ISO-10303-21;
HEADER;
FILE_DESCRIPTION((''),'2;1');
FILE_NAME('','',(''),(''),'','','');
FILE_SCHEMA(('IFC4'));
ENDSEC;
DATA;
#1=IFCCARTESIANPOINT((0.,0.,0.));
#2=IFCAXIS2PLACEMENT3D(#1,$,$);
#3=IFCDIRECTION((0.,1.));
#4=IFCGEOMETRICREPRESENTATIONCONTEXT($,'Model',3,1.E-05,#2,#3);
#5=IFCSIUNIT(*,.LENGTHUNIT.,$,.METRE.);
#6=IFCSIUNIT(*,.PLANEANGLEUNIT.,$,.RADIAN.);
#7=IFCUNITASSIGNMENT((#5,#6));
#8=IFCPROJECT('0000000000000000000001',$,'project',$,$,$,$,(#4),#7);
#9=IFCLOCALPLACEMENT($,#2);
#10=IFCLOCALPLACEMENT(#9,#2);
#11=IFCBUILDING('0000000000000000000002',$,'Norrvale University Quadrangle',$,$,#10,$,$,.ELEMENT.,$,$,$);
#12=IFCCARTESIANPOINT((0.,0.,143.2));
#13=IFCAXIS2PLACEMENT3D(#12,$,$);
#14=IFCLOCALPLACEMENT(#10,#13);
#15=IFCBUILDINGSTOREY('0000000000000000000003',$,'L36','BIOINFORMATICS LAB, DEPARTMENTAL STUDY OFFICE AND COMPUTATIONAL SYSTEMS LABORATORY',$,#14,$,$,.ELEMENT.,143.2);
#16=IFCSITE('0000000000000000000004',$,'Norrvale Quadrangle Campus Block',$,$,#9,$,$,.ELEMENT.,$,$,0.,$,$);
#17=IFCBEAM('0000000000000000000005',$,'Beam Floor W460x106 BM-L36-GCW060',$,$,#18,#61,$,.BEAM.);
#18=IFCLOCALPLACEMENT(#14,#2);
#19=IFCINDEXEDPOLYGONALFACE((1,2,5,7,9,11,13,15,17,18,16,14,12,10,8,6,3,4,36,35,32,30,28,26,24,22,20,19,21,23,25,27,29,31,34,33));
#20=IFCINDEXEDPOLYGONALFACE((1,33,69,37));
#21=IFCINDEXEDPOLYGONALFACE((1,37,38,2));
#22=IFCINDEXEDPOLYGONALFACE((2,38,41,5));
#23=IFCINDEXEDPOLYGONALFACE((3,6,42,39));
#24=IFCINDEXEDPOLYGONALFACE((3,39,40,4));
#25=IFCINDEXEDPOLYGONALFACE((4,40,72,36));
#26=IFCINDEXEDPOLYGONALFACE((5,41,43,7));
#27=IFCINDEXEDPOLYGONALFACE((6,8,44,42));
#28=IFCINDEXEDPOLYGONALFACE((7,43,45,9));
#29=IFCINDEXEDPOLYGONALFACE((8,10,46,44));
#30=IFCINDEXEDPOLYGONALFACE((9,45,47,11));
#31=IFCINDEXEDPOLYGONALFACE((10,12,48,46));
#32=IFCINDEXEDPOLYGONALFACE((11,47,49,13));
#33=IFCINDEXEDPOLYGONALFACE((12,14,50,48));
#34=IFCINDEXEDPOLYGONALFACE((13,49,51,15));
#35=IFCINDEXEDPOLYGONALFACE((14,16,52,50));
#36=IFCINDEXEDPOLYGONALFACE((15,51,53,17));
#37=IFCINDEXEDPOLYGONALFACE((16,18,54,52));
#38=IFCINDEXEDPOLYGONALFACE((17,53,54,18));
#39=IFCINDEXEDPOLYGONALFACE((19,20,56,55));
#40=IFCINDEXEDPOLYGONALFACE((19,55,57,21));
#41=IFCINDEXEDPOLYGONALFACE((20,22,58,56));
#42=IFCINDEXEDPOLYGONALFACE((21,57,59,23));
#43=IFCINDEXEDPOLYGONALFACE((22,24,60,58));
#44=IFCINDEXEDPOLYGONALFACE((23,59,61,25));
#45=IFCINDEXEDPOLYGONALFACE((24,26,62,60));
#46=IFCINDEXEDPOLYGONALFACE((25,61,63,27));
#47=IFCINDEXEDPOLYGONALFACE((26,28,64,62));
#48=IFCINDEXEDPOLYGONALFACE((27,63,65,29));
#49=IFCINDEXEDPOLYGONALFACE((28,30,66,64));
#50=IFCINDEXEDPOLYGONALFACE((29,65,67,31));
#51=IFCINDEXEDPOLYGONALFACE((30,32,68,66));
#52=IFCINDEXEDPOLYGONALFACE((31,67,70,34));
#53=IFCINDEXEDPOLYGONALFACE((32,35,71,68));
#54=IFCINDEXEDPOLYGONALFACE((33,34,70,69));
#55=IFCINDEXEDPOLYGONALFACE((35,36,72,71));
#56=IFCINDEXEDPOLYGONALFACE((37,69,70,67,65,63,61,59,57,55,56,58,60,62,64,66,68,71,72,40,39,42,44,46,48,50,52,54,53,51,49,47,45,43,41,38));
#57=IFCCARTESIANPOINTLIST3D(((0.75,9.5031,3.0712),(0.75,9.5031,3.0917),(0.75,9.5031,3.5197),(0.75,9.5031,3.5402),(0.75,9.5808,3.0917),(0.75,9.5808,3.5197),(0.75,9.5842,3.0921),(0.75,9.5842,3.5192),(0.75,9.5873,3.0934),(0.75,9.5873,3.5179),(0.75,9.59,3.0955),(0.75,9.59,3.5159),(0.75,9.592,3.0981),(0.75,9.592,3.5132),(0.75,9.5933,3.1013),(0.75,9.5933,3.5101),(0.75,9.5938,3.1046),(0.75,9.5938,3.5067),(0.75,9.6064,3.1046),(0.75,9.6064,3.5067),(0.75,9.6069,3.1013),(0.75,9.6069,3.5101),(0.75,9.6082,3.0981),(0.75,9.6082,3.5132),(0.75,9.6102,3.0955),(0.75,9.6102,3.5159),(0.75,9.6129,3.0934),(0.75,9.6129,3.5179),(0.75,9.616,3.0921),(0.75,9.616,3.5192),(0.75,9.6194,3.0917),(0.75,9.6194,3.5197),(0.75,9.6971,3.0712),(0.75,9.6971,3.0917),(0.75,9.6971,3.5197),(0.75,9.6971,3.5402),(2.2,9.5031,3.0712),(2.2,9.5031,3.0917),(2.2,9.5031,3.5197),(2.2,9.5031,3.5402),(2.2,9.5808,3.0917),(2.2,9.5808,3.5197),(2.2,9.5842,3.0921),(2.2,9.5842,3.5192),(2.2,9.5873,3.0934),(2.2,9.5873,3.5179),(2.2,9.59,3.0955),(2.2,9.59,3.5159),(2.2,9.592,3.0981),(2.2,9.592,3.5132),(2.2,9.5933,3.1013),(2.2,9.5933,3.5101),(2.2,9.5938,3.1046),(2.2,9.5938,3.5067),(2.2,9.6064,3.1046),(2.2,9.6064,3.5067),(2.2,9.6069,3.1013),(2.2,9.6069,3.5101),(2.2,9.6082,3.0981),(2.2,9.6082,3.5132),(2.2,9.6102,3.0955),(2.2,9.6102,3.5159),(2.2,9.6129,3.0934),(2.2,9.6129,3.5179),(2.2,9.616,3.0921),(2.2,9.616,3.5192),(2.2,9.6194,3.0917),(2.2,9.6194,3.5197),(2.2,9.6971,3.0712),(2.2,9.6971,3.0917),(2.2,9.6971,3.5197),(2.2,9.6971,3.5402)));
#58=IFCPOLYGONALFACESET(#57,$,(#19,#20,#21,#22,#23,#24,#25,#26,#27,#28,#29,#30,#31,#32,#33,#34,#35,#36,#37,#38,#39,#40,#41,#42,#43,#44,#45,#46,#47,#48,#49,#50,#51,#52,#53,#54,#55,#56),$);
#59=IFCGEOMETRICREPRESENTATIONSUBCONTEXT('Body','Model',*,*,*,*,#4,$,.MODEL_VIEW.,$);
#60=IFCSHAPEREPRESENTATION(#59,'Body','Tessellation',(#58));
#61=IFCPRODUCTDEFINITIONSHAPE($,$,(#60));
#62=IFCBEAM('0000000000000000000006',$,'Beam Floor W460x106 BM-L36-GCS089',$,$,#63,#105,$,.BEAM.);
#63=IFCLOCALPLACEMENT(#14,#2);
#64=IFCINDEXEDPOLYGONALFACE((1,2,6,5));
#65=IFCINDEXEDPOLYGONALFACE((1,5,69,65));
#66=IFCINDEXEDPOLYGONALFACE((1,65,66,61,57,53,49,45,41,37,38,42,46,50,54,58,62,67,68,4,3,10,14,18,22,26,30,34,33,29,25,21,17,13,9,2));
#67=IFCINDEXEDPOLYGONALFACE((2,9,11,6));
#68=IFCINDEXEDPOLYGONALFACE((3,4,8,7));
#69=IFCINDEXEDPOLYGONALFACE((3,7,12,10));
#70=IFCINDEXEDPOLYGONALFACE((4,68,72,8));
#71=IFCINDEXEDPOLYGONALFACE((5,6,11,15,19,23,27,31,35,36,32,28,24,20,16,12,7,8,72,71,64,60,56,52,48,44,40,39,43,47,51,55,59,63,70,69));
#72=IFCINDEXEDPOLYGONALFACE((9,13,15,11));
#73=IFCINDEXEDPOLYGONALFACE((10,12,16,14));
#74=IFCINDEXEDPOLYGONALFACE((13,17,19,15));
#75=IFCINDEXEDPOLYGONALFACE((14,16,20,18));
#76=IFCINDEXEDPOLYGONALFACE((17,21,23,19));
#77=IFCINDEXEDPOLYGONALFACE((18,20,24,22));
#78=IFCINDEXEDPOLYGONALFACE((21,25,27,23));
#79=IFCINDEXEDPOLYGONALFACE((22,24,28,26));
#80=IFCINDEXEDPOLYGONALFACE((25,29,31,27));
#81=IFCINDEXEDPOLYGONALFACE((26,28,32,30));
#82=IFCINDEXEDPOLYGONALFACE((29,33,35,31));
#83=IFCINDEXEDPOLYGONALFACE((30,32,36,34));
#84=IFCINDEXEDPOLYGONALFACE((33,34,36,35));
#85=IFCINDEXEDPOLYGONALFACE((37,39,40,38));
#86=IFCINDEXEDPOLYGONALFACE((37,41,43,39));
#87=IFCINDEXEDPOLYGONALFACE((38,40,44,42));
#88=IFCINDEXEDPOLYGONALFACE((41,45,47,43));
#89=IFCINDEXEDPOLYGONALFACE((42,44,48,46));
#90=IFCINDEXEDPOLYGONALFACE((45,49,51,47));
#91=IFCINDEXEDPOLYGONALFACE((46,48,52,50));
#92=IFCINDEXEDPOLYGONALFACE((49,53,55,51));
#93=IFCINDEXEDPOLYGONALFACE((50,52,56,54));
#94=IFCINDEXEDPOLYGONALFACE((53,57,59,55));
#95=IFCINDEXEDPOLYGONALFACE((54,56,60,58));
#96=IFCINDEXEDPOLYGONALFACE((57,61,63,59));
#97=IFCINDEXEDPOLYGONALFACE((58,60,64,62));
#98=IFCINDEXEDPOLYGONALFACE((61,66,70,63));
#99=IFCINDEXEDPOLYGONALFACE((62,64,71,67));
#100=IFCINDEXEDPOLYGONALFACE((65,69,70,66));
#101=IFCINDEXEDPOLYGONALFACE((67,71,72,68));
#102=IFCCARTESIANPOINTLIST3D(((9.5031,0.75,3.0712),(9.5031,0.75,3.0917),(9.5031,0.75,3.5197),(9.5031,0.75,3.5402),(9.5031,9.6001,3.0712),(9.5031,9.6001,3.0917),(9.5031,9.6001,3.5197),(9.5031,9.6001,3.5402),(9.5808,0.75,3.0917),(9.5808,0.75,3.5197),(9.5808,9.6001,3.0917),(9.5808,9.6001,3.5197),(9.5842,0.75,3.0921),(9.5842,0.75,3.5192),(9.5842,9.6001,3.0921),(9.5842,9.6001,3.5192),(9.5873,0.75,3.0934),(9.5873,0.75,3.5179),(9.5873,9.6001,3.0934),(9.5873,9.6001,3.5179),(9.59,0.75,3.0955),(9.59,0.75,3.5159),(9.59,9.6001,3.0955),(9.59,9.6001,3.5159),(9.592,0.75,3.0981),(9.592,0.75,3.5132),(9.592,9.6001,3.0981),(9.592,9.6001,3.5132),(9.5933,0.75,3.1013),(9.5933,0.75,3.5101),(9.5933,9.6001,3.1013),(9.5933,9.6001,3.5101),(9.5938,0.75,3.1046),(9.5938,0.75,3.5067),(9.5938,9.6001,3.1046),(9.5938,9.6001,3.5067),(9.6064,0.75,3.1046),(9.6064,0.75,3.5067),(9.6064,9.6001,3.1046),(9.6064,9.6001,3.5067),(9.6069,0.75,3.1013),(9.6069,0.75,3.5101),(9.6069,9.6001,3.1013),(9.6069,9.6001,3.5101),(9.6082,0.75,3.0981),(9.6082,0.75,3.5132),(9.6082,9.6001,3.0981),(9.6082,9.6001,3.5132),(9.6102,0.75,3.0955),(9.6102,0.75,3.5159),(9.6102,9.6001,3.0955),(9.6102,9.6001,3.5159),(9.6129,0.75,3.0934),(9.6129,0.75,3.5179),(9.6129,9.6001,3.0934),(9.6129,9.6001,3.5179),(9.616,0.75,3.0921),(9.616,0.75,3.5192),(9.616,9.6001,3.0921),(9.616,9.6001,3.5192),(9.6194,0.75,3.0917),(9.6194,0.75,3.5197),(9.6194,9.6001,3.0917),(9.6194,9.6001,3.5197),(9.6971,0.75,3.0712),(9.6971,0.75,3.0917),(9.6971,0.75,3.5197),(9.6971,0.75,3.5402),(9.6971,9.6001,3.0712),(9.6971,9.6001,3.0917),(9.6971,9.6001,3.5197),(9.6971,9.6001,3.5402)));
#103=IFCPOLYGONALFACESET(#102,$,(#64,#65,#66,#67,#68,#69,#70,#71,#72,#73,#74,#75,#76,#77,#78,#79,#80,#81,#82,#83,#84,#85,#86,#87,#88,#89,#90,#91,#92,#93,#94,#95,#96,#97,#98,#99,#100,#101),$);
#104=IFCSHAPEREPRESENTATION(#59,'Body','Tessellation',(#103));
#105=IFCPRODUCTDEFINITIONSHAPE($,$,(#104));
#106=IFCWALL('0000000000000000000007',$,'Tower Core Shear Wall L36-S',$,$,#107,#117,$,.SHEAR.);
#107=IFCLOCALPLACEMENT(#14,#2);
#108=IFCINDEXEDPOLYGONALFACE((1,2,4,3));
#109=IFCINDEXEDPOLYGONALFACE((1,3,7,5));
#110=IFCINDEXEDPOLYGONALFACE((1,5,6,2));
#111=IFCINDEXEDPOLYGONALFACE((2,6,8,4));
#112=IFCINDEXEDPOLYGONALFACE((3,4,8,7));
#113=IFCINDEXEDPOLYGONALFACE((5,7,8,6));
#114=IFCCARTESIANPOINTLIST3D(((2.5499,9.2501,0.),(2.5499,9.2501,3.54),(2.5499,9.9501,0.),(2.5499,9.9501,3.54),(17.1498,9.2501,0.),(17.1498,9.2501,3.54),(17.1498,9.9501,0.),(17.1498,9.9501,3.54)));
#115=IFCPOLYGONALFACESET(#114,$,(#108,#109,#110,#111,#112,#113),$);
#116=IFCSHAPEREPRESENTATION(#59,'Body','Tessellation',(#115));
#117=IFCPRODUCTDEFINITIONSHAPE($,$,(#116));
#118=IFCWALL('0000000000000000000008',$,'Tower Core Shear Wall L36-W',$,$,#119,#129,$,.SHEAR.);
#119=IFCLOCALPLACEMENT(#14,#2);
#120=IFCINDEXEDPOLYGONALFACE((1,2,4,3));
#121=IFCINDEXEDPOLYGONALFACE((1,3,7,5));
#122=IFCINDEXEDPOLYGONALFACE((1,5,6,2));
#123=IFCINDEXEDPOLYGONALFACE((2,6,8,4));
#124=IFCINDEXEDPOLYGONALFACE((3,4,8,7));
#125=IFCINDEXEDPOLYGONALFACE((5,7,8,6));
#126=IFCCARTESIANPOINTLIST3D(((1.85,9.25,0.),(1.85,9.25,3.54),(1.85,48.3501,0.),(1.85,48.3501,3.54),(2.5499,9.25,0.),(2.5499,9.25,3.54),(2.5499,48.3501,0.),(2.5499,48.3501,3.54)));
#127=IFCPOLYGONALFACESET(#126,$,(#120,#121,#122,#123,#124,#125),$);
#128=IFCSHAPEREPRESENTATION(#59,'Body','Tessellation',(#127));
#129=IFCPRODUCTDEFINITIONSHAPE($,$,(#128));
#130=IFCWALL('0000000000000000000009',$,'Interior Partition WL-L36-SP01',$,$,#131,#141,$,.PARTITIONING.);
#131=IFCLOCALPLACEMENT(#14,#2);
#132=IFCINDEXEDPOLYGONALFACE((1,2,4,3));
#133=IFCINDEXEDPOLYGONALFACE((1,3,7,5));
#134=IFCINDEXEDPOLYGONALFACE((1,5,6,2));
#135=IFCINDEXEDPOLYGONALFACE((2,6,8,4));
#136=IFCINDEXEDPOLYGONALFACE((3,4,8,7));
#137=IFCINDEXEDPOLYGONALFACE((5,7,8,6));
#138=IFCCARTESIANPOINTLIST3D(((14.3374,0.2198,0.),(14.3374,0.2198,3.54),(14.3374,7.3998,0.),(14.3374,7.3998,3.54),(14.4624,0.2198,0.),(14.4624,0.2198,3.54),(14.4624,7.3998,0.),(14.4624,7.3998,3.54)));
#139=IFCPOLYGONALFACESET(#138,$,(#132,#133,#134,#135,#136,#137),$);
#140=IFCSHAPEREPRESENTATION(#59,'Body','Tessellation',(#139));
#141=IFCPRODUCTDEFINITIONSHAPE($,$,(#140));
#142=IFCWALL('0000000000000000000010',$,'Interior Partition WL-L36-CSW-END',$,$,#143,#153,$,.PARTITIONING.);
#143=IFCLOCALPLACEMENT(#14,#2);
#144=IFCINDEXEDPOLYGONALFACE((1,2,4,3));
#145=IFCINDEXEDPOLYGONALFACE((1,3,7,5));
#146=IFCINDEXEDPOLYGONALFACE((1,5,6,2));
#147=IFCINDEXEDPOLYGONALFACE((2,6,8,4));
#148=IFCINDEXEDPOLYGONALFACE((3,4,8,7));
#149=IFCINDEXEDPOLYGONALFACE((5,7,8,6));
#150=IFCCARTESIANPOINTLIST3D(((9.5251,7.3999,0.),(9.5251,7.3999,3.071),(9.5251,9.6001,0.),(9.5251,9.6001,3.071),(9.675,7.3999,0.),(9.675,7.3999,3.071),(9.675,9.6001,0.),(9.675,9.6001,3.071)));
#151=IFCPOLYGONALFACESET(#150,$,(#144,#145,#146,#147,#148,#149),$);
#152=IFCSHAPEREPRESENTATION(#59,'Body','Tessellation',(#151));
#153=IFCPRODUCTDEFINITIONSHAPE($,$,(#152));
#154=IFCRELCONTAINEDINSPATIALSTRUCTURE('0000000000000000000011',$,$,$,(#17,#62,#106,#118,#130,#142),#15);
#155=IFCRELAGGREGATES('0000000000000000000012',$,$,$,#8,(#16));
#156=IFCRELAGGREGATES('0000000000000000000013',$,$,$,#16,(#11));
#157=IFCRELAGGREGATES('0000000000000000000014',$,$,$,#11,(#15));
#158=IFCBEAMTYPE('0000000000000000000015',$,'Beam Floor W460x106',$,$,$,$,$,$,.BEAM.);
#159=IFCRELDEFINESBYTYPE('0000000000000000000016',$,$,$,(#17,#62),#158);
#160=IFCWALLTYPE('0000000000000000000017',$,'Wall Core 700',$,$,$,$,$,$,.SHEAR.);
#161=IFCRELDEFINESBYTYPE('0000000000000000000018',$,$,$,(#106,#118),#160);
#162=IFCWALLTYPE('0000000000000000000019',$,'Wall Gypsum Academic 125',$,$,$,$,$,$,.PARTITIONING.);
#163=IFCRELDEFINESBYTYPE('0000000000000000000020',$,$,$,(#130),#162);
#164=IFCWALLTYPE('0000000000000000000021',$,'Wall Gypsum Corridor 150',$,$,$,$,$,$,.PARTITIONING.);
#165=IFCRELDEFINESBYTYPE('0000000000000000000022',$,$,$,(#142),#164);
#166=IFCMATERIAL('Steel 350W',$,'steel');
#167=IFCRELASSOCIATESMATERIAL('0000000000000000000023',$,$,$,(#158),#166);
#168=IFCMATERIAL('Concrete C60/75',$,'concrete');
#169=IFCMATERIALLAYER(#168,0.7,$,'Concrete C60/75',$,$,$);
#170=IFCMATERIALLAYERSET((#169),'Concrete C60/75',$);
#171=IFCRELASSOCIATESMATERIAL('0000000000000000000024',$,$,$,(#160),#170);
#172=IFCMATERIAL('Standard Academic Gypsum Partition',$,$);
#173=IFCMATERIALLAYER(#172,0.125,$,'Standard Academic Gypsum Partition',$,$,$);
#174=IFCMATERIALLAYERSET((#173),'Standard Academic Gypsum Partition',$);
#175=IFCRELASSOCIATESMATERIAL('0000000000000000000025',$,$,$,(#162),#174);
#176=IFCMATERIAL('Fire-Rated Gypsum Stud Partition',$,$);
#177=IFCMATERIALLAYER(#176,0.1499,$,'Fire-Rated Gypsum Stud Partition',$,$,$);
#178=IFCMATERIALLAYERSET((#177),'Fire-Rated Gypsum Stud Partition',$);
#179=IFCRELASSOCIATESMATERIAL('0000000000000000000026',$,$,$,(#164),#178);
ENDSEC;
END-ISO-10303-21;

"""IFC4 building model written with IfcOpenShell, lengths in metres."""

from ifc_helpers import new_model, si_unit, direction, frame, frame_2d, origin, origin_2d, place, context, subcontext, project, spatial, rectangle, i_section, extrude, material, layer, layer_set, material_profile, profile_set, type_object, element, save


model = new_model("IFC4")

# Units and contexts
model_context = context("Model", 3, precision=1e-05, world=origin(), true_north=direction((0.0, 1.0)))
body_context = subcontext(model_context, "Body", "Model", "MODEL_VIEW")
ifc_project = project(units=[si_unit("LENGTHUNIT", "METRE"), si_unit("PLANEANGLEUNIT", "RADIAN")], contexts=[model_context])

# Site, building, storey
site_placement = place(None, origin())
site = spatial("IfcSite", under=ifc_project, at=site_placement, Name="Norrvale Quadrangle Campus Block", CompositionType="ELEMENT", RefElevation=0.0)
building_placement = place(site_placement, origin())
building = spatial("IfcBuilding", under=site, at=building_placement, Name="Norrvale University Quadrangle", CompositionType="ELEMENT")
storey_placement = place(building_placement, frame((0.0, 0.0, 143.2)))
storey = spatial("IfcBuildingStorey", under=building, at=storey_placement, Name="L36", Description="BIOINFORMATICS LAB, DEPARTMENTAL STUDY OFFICE AND COMPUTATIONAL SYSTEMS LABORATORY", CompositionType="ELEMENT", Elevation=143.2)

# Shared definitions
ifc_material_1 = material(Name="Concrete C60/75", Category="concrete")

# Beams
ifc_material_2 = material(Name="Steel 350W", Category="steel")
ifc_material_profile_1 = material_profile(ifc_material_2, i_section(OverallWidth=0.1941, OverallDepth=0.469, WebThickness=0.0127, FlangeThickness=0.0205, FilletRadius=0.0129, at=origin_2d()), Name="Steel 350W")
ifc_profile_set_1 = profile_set([ifc_material_profile_1], Name="Steel 350W")
beam_type_1 = type_object("IfcBeamType", Name="Beam Floor W460x106", PredefinedType="BEAM", material=ifc_profile_set_1)
beam_1_placement = place(storey_placement, frame((0.75, 9.6001, 3.3057), z_axis=(1.0, 0.0, 0.0), x_axis=(0.0, 1.0, 0.0)))
element("IfcBeam", 1, at=beam_1_placement, inside=storey, type_object=beam_type_1, Name="Beam Floor W460x106 BM-L36-GCW060", PredefinedType="BEAM", context=body_context, shape_type="SweptSolid", body=[
    extrude(i_section(OverallWidth=0.1941, OverallDepth=0.469, WebThickness=0.0127, FlangeThickness=0.0205, FilletRadius=0.0129, at=origin_2d()), origin(), (0.0, 0.0, 1.0), 1.45),
])
beam_2_placement = place(storey_placement, frame((9.6001, 0.75, 3.3057), z_axis=(0.0, 1.0, 0.0), x_axis=(-1.0, 0.0, 0.0)))
element("IfcBeam", 2, at=beam_2_placement, inside=storey, type_object=beam_type_1, Name="Beam Floor W460x106 BM-L36-GCS089", PredefinedType="BEAM", context=body_context, shape_type="SweptSolid", body=[
    extrude(i_section(OverallWidth=0.1941, OverallDepth=0.469, WebThickness=0.0127, FlangeThickness=0.0205, FilletRadius=0.0129, at=origin_2d()), origin(), (0.0, 0.0, 1.0), 8.8501),
])

# Walls
ifc_layer_1 = layer(ifc_material_1, 0.7, Name="Concrete C60/75")
ifc_layer_set_1 = layer_set([ifc_layer_1], Name="Concrete C60/75")
wall_type_1 = type_object("IfcWallType", Name="Wall Core 700", PredefinedType="SHEAR", material=ifc_layer_set_1)
wall_1_placement = place(storey_placement, frame((2.55, 9.6001, 0.0), z_axis=(0.0, 0.0, 1.0), x_axis=(1.0, 0.0, 0.0)))
element("IfcWall", 3, at=wall_1_placement, inside=storey, type_object=wall_type_1, Name="Tower Core Shear Wall L36-S", PredefinedType="SHEAR", context=body_context, shape_type="SweptSolid", body=[
    extrude(rectangle(XDim=14.5999, YDim=0.7, at=frame_2d((7.2998, 0.0))), origin(), (0.0, 0.0, 1.0), 3.54),
])
wall_2_placement = place(storey_placement, frame((2.2, 9.25, 0.0), z_axis=(0.0, 0.0, 1.0), x_axis=(0.0, 1.0, 0.0)))
element("IfcWall", 4, at=wall_2_placement, inside=storey, type_object=wall_type_1, Name="Tower Core Shear Wall L36-W", PredefinedType="SHEAR", context=body_context, shape_type="SweptSolid", body=[
    extrude(rectangle(XDim=39.1001, YDim=0.7, at=frame_2d((19.55, 0.0))), origin(), (0.0, 0.0, 1.0), 3.54),
])
ifc_material_3 = material(Name="Standard Academic Gypsum Partition")
ifc_layer_2 = layer(ifc_material_3, 0.125, Name="Standard Academic Gypsum Partition")
ifc_layer_set_2 = layer_set([ifc_layer_2], Name="Standard Academic Gypsum Partition")
wall_type_2 = type_object("IfcWallType", Name="Wall Gypsum Academic 125", PredefinedType="PARTITIONING", material=ifc_layer_set_2)
wall_3_placement = place(storey_placement, frame((14.3999, 0.22, 0.0), z_axis=(0.0, 0.0, 1.0), x_axis=(0.0, 1.0, 0.0)))
element("IfcWall", 5, at=wall_3_placement, inside=storey, type_object=wall_type_2, Name="Interior Partition WL-L36-SP01", PredefinedType="PARTITIONING", context=body_context, shape_type="SweptSolid", body=[
    extrude(rectangle(XDim=7.1799, YDim=0.125, at=frame_2d((3.5898, 0.0))), origin(), (0.0, 0.0, 1.0), 3.54),
])
ifc_material_4 = material(Name="Fire-Rated Gypsum Stud Partition")
ifc_layer_3 = layer(ifc_material_4, 0.1499, Name="Fire-Rated Gypsum Stud Partition")
ifc_layer_set_3 = layer_set([ifc_layer_3], Name="Fire-Rated Gypsum Stud Partition")
wall_type_3 = type_object("IfcWallType", Name="Wall Gypsum Corridor 150", PredefinedType="PARTITIONING", material=ifc_layer_set_3)
wall_4_placement = place(storey_placement, frame((9.6001, 7.3999, 0.0), z_axis=(0.0, 0.0, 1.0), x_axis=(0.0, 1.0, 0.0)))
element("IfcWall", 6, at=wall_4_placement, inside=storey, type_object=wall_type_3, Name="Interior Partition WL-L36-CSW-END", PredefinedType="PARTITIONING", context=body_context, shape_type="SweptSolid", body=[
    extrude(rectangle(XDim=2.2002, YDim=0.1499, at=frame_2d((1.1001, 0.0))), origin(), (0.0, 0.0, 1.0), 3.071),
])

save(model, "model.ifc")
